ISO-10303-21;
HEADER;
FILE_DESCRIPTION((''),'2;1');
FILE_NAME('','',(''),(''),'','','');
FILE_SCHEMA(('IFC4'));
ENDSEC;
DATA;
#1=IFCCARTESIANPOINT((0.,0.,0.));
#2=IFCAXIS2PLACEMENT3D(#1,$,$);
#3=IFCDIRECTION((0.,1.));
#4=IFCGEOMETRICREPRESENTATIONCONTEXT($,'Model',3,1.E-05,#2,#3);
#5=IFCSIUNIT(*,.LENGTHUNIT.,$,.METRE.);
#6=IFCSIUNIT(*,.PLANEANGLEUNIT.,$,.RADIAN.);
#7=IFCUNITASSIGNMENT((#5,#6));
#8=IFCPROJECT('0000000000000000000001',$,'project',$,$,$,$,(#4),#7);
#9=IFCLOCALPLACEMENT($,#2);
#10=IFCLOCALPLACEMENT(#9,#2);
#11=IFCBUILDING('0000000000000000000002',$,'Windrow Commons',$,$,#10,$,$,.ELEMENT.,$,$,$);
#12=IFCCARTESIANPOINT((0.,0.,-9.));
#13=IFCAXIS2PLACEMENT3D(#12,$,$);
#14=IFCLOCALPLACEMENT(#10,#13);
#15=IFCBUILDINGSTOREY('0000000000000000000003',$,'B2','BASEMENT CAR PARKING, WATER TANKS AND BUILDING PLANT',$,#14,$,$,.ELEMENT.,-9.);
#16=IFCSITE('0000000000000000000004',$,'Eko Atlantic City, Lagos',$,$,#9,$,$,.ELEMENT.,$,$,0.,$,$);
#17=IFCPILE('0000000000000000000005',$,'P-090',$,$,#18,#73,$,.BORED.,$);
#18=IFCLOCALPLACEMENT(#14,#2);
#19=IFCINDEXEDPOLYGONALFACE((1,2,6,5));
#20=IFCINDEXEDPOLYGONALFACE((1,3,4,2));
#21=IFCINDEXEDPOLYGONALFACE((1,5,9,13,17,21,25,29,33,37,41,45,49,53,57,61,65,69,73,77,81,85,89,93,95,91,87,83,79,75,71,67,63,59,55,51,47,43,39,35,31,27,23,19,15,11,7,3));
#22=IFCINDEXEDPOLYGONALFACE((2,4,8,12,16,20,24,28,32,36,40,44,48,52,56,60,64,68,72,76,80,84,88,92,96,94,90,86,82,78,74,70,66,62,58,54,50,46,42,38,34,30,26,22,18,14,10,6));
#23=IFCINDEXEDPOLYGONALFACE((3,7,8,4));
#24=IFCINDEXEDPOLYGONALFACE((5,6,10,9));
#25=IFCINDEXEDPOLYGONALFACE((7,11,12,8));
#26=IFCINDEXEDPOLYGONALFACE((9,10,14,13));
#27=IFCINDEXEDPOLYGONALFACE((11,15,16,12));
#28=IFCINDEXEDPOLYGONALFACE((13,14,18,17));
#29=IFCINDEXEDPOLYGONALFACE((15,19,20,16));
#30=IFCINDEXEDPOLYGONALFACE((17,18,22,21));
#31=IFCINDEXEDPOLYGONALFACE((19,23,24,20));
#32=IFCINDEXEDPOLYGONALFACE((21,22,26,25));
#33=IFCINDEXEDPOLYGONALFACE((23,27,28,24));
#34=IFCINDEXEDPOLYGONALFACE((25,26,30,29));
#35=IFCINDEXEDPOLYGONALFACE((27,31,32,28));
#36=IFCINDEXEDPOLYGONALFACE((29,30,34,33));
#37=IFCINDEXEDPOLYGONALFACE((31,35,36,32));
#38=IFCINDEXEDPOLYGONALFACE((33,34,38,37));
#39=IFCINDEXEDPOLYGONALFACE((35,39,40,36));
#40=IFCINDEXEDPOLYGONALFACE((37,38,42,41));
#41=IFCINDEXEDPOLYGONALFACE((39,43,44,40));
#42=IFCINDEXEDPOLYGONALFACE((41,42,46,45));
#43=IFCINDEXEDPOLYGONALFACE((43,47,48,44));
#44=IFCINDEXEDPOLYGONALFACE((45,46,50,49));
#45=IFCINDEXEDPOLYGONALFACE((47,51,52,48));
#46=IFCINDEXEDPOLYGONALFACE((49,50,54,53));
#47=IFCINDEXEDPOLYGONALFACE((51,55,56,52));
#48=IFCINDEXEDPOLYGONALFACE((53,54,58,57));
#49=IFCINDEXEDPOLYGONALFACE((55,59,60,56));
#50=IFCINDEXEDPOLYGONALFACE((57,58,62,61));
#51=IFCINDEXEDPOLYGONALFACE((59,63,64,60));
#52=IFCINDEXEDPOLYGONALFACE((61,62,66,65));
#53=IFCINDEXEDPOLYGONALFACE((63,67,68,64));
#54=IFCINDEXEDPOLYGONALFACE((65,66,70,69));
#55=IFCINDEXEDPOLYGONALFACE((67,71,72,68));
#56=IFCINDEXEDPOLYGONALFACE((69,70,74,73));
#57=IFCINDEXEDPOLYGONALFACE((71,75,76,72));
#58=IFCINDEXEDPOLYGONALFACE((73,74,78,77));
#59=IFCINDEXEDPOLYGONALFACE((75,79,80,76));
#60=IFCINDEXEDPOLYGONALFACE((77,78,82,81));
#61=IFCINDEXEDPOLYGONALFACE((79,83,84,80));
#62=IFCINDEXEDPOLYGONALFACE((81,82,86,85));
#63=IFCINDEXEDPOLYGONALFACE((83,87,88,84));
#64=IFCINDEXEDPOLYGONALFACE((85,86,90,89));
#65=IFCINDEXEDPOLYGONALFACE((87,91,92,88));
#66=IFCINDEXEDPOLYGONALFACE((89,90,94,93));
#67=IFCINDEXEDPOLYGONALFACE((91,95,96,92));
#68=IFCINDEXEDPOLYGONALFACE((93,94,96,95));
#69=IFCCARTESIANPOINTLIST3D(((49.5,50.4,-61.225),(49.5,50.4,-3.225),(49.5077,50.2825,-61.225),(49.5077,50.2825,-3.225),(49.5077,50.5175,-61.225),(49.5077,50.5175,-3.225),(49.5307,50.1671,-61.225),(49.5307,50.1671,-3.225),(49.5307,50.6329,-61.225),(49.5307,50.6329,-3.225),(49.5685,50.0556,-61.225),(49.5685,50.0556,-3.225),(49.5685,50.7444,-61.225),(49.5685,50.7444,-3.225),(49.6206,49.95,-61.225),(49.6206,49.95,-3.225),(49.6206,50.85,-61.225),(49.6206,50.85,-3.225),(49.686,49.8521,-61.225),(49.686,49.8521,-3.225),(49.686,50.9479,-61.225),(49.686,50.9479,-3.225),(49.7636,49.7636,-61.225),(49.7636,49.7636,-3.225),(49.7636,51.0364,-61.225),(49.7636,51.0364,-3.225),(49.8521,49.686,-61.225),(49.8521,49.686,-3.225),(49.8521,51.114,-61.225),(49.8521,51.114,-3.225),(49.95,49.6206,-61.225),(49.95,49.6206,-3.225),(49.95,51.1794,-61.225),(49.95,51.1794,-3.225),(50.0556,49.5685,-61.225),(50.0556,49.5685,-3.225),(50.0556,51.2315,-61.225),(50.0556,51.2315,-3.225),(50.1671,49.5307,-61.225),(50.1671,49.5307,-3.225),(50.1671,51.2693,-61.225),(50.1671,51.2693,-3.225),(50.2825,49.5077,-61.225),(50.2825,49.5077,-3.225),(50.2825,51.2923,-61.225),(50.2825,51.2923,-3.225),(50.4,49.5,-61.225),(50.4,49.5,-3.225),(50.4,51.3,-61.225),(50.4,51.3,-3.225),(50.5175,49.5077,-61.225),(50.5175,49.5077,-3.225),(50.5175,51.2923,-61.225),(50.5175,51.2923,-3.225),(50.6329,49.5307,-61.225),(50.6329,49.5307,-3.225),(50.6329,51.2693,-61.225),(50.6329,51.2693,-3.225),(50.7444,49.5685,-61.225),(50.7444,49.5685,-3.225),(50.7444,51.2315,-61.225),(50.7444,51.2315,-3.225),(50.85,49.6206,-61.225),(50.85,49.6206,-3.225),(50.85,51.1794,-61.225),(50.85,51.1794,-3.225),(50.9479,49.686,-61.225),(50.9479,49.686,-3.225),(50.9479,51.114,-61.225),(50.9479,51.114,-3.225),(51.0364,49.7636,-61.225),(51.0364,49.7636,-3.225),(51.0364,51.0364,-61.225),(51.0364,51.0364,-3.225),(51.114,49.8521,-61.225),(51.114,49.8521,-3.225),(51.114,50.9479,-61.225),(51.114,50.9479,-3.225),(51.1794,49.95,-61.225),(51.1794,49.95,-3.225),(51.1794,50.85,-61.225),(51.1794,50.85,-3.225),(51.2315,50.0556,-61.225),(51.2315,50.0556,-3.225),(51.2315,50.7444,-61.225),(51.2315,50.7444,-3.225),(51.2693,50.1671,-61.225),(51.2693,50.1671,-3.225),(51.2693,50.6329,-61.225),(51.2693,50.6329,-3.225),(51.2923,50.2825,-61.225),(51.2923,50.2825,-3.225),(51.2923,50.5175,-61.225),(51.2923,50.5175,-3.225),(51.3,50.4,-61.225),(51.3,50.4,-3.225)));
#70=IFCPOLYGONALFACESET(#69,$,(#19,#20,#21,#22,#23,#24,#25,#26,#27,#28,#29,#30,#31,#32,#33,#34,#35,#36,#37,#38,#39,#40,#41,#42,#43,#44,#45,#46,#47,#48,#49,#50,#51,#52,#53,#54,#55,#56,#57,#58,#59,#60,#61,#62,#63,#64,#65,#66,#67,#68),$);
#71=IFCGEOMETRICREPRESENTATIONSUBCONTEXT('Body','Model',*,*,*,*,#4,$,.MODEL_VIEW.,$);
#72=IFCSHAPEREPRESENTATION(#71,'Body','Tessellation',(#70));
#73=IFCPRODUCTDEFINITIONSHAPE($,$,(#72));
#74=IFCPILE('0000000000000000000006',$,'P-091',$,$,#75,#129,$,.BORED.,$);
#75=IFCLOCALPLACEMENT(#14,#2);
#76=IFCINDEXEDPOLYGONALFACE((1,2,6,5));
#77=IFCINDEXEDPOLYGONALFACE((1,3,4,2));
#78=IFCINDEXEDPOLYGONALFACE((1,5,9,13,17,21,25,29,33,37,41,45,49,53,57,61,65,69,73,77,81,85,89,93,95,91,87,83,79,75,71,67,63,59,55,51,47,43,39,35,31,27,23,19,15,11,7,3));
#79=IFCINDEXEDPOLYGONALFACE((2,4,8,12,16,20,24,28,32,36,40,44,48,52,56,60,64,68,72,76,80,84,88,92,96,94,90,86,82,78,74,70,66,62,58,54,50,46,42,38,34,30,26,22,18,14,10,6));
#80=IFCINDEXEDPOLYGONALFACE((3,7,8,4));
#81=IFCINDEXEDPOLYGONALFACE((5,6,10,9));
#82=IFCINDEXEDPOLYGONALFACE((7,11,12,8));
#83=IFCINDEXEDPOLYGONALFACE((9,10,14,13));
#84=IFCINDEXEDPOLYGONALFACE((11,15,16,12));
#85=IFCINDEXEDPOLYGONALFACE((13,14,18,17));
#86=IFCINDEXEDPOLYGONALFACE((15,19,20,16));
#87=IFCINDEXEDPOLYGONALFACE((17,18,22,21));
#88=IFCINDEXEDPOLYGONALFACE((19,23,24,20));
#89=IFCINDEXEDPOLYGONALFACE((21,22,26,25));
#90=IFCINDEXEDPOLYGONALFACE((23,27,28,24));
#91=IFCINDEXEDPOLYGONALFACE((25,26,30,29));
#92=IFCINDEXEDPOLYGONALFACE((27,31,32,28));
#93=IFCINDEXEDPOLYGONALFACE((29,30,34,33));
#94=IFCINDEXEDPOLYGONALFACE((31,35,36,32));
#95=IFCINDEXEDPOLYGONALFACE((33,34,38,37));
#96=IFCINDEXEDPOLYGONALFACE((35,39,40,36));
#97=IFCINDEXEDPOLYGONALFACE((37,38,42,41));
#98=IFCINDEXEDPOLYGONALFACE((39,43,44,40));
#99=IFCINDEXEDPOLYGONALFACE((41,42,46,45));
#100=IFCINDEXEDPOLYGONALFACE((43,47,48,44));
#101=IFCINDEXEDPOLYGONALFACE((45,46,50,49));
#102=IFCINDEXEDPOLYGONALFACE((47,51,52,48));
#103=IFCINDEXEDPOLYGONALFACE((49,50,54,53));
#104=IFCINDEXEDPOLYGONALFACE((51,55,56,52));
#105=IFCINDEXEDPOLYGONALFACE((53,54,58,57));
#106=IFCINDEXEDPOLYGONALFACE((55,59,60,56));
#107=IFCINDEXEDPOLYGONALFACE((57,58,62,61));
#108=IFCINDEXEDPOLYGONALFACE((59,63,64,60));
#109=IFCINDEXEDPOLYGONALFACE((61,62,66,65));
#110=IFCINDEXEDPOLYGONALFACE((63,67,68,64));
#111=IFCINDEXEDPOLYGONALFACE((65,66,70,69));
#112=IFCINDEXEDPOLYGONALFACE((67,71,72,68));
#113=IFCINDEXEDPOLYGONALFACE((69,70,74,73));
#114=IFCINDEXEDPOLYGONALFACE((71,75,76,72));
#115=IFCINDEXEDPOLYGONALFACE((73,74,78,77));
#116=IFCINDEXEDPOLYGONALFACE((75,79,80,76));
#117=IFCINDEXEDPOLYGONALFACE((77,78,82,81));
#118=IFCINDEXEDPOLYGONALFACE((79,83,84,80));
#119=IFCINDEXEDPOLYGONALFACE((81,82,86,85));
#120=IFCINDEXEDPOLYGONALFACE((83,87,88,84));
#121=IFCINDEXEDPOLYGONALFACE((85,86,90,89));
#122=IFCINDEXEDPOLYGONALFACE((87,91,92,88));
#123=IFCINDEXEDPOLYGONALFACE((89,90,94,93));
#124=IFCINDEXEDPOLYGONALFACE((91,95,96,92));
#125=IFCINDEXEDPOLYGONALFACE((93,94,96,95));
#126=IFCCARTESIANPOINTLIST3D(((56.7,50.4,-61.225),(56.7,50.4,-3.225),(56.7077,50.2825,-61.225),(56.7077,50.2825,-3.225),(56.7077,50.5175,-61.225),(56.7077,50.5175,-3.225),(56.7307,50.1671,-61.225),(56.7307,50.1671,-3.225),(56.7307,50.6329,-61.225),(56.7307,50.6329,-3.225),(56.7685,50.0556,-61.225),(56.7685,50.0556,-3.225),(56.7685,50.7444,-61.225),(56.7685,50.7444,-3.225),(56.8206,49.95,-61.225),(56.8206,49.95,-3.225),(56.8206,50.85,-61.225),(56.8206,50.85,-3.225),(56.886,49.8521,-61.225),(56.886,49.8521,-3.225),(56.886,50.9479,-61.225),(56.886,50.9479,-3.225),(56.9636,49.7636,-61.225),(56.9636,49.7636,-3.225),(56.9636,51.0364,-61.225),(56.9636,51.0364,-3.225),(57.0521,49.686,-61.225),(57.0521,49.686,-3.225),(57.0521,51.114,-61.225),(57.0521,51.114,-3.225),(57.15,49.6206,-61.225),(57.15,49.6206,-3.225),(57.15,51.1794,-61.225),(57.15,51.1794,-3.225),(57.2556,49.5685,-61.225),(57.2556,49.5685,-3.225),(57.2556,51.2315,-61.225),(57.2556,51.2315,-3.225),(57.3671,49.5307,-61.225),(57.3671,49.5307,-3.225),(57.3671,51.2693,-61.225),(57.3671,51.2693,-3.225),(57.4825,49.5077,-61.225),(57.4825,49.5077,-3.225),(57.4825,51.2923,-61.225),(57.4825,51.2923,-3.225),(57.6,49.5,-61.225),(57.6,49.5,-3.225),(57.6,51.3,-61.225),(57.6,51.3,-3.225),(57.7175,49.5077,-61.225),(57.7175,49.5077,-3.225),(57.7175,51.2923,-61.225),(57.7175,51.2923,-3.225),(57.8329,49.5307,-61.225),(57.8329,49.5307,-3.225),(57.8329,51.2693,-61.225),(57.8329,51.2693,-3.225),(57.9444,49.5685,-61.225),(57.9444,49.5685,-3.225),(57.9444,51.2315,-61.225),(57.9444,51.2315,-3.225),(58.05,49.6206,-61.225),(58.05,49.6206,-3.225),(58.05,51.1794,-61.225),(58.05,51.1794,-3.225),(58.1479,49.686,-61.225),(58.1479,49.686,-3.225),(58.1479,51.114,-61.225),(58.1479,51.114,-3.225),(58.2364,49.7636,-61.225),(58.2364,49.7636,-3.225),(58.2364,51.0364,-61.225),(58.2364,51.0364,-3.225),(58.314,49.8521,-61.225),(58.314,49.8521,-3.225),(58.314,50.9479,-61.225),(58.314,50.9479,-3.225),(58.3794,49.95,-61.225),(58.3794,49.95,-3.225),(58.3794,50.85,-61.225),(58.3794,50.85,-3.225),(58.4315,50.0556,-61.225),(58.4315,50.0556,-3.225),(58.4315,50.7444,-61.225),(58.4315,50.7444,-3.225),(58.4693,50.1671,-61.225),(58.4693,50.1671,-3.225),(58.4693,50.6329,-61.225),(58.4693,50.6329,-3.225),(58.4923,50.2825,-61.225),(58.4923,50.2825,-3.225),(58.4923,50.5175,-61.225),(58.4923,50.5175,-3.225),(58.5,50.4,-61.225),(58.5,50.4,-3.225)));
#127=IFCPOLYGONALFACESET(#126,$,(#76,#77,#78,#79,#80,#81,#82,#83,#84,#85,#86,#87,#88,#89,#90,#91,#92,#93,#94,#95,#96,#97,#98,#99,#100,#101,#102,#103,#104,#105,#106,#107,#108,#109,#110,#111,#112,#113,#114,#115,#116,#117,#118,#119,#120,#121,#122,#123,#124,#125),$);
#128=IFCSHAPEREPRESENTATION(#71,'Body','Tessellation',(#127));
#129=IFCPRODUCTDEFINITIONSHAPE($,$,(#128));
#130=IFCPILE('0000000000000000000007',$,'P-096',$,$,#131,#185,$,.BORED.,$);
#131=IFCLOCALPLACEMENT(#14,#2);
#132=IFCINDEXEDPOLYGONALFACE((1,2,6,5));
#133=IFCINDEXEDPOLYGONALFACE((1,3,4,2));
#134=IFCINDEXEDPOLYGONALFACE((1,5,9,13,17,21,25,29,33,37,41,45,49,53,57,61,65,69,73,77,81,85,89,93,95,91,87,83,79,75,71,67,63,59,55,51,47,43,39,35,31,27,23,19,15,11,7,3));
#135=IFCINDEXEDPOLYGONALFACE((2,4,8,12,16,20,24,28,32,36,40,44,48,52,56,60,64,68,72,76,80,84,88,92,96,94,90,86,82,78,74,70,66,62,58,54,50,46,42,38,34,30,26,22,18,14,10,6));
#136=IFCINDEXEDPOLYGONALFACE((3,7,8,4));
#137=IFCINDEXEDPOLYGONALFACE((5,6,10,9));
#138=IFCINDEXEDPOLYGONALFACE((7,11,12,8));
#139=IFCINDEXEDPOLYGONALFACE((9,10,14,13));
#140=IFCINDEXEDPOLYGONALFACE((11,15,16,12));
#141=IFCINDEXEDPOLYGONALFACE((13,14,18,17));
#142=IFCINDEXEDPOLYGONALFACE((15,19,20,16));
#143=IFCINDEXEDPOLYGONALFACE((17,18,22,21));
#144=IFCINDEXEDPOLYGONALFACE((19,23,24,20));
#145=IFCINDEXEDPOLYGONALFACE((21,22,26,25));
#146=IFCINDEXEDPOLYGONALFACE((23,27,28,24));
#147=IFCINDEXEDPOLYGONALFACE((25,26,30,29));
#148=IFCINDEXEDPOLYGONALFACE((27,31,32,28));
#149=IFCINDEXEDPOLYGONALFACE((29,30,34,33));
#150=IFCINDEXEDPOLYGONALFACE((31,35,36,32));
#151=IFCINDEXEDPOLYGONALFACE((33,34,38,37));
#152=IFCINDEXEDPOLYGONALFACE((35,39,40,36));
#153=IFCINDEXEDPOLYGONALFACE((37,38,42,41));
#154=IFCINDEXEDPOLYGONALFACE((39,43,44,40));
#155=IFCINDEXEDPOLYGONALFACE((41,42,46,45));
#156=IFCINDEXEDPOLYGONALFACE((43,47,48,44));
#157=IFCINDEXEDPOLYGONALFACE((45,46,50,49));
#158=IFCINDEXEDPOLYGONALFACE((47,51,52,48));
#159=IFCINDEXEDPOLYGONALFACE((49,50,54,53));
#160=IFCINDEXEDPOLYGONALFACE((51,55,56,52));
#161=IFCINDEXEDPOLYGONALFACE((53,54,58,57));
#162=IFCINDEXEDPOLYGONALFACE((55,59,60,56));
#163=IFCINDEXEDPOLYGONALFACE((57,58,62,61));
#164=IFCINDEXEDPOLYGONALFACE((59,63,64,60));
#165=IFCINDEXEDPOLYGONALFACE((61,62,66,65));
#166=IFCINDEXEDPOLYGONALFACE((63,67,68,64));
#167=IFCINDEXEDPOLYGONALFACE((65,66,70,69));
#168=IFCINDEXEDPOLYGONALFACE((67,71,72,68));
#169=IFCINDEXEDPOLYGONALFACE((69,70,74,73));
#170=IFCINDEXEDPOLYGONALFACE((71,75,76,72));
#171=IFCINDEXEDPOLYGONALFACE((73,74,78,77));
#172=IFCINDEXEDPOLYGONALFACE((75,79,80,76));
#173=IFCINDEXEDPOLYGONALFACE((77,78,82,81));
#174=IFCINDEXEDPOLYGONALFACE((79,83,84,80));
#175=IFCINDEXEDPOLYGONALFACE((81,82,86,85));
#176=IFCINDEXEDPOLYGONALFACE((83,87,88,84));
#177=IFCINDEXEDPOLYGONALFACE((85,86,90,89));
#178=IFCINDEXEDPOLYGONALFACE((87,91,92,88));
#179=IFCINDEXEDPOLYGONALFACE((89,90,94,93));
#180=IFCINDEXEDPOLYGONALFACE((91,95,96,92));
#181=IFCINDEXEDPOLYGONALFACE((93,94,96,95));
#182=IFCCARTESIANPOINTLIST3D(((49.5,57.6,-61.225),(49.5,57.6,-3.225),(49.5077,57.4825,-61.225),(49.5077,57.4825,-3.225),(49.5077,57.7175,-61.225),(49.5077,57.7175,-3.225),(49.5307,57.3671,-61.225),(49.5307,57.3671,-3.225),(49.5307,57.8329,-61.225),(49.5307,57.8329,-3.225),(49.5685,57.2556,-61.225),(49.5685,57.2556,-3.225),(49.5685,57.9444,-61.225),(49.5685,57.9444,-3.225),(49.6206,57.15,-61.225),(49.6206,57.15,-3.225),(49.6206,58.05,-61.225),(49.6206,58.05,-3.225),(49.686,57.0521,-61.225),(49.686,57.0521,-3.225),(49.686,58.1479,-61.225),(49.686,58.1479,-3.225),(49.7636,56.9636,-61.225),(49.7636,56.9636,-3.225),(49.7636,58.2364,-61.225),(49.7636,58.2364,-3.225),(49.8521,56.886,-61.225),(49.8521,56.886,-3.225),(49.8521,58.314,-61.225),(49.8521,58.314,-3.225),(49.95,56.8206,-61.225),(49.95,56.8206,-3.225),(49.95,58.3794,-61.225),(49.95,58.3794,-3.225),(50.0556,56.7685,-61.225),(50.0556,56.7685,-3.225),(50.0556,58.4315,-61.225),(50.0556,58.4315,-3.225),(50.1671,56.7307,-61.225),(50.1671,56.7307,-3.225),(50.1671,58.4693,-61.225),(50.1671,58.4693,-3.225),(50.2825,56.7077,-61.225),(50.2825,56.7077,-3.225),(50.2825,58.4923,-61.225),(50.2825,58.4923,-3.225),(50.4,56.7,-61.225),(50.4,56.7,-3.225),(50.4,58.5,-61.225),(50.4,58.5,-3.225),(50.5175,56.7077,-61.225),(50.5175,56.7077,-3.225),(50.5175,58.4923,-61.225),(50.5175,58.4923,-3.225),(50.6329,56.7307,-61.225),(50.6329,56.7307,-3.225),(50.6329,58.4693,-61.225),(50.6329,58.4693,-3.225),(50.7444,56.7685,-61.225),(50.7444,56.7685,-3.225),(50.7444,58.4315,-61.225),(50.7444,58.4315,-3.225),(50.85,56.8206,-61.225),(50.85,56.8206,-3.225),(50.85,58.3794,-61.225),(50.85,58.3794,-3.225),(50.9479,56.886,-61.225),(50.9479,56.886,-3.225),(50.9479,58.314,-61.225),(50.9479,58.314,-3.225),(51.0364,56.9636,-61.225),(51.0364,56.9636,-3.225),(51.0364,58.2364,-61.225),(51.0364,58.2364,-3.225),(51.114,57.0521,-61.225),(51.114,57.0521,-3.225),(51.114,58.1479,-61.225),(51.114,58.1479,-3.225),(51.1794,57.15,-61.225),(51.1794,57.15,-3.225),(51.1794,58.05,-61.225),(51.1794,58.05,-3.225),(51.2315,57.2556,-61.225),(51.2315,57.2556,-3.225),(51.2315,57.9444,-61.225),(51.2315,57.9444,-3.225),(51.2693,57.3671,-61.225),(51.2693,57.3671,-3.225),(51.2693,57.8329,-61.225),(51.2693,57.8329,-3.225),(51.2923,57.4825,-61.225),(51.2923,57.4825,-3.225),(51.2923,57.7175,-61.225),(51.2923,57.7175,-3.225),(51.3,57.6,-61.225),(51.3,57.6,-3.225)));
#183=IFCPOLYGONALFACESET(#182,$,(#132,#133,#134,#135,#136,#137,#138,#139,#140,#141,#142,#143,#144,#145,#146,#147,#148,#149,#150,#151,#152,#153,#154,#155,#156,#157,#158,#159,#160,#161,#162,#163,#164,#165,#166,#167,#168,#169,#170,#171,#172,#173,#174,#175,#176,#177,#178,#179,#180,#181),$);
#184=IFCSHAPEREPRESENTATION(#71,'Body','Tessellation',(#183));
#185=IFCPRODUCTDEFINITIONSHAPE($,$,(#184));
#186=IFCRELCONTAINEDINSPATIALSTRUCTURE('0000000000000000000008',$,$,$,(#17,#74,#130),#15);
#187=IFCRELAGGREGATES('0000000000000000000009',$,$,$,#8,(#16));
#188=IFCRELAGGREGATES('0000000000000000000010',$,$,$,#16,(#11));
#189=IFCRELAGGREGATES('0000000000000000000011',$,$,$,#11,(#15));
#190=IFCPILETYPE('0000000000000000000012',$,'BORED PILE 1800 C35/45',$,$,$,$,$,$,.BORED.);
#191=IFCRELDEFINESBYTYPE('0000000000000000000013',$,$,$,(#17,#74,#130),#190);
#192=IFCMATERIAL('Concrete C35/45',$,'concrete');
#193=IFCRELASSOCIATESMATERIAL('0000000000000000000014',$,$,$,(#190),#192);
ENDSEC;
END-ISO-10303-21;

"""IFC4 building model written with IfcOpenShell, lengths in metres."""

from ifc_helpers import new_model, si_unit, direction, frame, origin, origin_2d, place, context, subcontext, project, spatial, circle, extrude, material, material_profile, profile_set, type_object, element, save


model = new_model("IFC4")

# Units and contexts
model_context = context("Model", 3, precision=1e-05, world=origin(), true_north=direction((0.0, 1.0)))
body_context = subcontext(model_context, "Body", "Model", "MODEL_VIEW")
ifc_project = project(units=[si_unit("LENGTHUNIT", "METRE"), si_unit("PLANEANGLEUNIT", "RADIAN")], contexts=[model_context])

# Site, building, storey
site_placement = place(None, origin())
site = spatial("IfcSite", under=ifc_project, at=site_placement, Name="Eko Atlantic City, Lagos", CompositionType="ELEMENT", RefElevation=0.0)
building_placement = place(site_placement, origin())
building = spatial("IfcBuilding", under=site, at=building_placement, Name="Windrow Commons", CompositionType="ELEMENT")
storey_placement = place(building_placement, frame((0.0, 0.0, -9.0)))
storey = spatial("IfcBuildingStorey", under=building, at=storey_placement, Name="B2", Description="BASEMENT CAR PARKING, WATER TANKS AND BUILDING PLANT", CompositionType="ELEMENT", Elevation=-9.0)

# Piles
ifc_material_1 = material(Name="Concrete C35/45", Category="concrete")
ifc_material_profile_1 = material_profile(ifc_material_1, circle(Radius=0.9, at=origin_2d()))
ifc_profile_set_1 = profile_set([ifc_material_profile_1], Name="Concrete C35/45")
pile_type = type_object("IfcPileType", Name="BORED PILE 1800 C35/45", PredefinedType="BORED", material=ifc_profile_set_1)
for number, where, z_axis, x_axis, name in (
    (1, (50.4, 50.4, -3.225), (0.0, 0.0, -1.0), (1.0, 0.0, 0.0), "P-090"),
    (2, (57.6, 50.4, -3.225), (0.0, 0.0, -1.0), (1.0, 0.0, 0.0), "P-091"),
    (3, (50.4, 57.6, -3.225), (0.0, 0.0, -1.0), (1.0, 0.0, 0.0), "P-096"),
):
    element("IfcPile", number, at=place(storey_placement, frame(where, z_axis=z_axis, x_axis=x_axis)), inside=storey, type_object=pile_type, Name=name, PredefinedType="BORED", context=body_context, shape_type="SweptSolid", body=[
        extrude(circle(Radius=0.9, at=origin_2d()), origin(), (0.0, 0.0, 1.0), 58.0),
    ])

save(model, "model.ifc")
